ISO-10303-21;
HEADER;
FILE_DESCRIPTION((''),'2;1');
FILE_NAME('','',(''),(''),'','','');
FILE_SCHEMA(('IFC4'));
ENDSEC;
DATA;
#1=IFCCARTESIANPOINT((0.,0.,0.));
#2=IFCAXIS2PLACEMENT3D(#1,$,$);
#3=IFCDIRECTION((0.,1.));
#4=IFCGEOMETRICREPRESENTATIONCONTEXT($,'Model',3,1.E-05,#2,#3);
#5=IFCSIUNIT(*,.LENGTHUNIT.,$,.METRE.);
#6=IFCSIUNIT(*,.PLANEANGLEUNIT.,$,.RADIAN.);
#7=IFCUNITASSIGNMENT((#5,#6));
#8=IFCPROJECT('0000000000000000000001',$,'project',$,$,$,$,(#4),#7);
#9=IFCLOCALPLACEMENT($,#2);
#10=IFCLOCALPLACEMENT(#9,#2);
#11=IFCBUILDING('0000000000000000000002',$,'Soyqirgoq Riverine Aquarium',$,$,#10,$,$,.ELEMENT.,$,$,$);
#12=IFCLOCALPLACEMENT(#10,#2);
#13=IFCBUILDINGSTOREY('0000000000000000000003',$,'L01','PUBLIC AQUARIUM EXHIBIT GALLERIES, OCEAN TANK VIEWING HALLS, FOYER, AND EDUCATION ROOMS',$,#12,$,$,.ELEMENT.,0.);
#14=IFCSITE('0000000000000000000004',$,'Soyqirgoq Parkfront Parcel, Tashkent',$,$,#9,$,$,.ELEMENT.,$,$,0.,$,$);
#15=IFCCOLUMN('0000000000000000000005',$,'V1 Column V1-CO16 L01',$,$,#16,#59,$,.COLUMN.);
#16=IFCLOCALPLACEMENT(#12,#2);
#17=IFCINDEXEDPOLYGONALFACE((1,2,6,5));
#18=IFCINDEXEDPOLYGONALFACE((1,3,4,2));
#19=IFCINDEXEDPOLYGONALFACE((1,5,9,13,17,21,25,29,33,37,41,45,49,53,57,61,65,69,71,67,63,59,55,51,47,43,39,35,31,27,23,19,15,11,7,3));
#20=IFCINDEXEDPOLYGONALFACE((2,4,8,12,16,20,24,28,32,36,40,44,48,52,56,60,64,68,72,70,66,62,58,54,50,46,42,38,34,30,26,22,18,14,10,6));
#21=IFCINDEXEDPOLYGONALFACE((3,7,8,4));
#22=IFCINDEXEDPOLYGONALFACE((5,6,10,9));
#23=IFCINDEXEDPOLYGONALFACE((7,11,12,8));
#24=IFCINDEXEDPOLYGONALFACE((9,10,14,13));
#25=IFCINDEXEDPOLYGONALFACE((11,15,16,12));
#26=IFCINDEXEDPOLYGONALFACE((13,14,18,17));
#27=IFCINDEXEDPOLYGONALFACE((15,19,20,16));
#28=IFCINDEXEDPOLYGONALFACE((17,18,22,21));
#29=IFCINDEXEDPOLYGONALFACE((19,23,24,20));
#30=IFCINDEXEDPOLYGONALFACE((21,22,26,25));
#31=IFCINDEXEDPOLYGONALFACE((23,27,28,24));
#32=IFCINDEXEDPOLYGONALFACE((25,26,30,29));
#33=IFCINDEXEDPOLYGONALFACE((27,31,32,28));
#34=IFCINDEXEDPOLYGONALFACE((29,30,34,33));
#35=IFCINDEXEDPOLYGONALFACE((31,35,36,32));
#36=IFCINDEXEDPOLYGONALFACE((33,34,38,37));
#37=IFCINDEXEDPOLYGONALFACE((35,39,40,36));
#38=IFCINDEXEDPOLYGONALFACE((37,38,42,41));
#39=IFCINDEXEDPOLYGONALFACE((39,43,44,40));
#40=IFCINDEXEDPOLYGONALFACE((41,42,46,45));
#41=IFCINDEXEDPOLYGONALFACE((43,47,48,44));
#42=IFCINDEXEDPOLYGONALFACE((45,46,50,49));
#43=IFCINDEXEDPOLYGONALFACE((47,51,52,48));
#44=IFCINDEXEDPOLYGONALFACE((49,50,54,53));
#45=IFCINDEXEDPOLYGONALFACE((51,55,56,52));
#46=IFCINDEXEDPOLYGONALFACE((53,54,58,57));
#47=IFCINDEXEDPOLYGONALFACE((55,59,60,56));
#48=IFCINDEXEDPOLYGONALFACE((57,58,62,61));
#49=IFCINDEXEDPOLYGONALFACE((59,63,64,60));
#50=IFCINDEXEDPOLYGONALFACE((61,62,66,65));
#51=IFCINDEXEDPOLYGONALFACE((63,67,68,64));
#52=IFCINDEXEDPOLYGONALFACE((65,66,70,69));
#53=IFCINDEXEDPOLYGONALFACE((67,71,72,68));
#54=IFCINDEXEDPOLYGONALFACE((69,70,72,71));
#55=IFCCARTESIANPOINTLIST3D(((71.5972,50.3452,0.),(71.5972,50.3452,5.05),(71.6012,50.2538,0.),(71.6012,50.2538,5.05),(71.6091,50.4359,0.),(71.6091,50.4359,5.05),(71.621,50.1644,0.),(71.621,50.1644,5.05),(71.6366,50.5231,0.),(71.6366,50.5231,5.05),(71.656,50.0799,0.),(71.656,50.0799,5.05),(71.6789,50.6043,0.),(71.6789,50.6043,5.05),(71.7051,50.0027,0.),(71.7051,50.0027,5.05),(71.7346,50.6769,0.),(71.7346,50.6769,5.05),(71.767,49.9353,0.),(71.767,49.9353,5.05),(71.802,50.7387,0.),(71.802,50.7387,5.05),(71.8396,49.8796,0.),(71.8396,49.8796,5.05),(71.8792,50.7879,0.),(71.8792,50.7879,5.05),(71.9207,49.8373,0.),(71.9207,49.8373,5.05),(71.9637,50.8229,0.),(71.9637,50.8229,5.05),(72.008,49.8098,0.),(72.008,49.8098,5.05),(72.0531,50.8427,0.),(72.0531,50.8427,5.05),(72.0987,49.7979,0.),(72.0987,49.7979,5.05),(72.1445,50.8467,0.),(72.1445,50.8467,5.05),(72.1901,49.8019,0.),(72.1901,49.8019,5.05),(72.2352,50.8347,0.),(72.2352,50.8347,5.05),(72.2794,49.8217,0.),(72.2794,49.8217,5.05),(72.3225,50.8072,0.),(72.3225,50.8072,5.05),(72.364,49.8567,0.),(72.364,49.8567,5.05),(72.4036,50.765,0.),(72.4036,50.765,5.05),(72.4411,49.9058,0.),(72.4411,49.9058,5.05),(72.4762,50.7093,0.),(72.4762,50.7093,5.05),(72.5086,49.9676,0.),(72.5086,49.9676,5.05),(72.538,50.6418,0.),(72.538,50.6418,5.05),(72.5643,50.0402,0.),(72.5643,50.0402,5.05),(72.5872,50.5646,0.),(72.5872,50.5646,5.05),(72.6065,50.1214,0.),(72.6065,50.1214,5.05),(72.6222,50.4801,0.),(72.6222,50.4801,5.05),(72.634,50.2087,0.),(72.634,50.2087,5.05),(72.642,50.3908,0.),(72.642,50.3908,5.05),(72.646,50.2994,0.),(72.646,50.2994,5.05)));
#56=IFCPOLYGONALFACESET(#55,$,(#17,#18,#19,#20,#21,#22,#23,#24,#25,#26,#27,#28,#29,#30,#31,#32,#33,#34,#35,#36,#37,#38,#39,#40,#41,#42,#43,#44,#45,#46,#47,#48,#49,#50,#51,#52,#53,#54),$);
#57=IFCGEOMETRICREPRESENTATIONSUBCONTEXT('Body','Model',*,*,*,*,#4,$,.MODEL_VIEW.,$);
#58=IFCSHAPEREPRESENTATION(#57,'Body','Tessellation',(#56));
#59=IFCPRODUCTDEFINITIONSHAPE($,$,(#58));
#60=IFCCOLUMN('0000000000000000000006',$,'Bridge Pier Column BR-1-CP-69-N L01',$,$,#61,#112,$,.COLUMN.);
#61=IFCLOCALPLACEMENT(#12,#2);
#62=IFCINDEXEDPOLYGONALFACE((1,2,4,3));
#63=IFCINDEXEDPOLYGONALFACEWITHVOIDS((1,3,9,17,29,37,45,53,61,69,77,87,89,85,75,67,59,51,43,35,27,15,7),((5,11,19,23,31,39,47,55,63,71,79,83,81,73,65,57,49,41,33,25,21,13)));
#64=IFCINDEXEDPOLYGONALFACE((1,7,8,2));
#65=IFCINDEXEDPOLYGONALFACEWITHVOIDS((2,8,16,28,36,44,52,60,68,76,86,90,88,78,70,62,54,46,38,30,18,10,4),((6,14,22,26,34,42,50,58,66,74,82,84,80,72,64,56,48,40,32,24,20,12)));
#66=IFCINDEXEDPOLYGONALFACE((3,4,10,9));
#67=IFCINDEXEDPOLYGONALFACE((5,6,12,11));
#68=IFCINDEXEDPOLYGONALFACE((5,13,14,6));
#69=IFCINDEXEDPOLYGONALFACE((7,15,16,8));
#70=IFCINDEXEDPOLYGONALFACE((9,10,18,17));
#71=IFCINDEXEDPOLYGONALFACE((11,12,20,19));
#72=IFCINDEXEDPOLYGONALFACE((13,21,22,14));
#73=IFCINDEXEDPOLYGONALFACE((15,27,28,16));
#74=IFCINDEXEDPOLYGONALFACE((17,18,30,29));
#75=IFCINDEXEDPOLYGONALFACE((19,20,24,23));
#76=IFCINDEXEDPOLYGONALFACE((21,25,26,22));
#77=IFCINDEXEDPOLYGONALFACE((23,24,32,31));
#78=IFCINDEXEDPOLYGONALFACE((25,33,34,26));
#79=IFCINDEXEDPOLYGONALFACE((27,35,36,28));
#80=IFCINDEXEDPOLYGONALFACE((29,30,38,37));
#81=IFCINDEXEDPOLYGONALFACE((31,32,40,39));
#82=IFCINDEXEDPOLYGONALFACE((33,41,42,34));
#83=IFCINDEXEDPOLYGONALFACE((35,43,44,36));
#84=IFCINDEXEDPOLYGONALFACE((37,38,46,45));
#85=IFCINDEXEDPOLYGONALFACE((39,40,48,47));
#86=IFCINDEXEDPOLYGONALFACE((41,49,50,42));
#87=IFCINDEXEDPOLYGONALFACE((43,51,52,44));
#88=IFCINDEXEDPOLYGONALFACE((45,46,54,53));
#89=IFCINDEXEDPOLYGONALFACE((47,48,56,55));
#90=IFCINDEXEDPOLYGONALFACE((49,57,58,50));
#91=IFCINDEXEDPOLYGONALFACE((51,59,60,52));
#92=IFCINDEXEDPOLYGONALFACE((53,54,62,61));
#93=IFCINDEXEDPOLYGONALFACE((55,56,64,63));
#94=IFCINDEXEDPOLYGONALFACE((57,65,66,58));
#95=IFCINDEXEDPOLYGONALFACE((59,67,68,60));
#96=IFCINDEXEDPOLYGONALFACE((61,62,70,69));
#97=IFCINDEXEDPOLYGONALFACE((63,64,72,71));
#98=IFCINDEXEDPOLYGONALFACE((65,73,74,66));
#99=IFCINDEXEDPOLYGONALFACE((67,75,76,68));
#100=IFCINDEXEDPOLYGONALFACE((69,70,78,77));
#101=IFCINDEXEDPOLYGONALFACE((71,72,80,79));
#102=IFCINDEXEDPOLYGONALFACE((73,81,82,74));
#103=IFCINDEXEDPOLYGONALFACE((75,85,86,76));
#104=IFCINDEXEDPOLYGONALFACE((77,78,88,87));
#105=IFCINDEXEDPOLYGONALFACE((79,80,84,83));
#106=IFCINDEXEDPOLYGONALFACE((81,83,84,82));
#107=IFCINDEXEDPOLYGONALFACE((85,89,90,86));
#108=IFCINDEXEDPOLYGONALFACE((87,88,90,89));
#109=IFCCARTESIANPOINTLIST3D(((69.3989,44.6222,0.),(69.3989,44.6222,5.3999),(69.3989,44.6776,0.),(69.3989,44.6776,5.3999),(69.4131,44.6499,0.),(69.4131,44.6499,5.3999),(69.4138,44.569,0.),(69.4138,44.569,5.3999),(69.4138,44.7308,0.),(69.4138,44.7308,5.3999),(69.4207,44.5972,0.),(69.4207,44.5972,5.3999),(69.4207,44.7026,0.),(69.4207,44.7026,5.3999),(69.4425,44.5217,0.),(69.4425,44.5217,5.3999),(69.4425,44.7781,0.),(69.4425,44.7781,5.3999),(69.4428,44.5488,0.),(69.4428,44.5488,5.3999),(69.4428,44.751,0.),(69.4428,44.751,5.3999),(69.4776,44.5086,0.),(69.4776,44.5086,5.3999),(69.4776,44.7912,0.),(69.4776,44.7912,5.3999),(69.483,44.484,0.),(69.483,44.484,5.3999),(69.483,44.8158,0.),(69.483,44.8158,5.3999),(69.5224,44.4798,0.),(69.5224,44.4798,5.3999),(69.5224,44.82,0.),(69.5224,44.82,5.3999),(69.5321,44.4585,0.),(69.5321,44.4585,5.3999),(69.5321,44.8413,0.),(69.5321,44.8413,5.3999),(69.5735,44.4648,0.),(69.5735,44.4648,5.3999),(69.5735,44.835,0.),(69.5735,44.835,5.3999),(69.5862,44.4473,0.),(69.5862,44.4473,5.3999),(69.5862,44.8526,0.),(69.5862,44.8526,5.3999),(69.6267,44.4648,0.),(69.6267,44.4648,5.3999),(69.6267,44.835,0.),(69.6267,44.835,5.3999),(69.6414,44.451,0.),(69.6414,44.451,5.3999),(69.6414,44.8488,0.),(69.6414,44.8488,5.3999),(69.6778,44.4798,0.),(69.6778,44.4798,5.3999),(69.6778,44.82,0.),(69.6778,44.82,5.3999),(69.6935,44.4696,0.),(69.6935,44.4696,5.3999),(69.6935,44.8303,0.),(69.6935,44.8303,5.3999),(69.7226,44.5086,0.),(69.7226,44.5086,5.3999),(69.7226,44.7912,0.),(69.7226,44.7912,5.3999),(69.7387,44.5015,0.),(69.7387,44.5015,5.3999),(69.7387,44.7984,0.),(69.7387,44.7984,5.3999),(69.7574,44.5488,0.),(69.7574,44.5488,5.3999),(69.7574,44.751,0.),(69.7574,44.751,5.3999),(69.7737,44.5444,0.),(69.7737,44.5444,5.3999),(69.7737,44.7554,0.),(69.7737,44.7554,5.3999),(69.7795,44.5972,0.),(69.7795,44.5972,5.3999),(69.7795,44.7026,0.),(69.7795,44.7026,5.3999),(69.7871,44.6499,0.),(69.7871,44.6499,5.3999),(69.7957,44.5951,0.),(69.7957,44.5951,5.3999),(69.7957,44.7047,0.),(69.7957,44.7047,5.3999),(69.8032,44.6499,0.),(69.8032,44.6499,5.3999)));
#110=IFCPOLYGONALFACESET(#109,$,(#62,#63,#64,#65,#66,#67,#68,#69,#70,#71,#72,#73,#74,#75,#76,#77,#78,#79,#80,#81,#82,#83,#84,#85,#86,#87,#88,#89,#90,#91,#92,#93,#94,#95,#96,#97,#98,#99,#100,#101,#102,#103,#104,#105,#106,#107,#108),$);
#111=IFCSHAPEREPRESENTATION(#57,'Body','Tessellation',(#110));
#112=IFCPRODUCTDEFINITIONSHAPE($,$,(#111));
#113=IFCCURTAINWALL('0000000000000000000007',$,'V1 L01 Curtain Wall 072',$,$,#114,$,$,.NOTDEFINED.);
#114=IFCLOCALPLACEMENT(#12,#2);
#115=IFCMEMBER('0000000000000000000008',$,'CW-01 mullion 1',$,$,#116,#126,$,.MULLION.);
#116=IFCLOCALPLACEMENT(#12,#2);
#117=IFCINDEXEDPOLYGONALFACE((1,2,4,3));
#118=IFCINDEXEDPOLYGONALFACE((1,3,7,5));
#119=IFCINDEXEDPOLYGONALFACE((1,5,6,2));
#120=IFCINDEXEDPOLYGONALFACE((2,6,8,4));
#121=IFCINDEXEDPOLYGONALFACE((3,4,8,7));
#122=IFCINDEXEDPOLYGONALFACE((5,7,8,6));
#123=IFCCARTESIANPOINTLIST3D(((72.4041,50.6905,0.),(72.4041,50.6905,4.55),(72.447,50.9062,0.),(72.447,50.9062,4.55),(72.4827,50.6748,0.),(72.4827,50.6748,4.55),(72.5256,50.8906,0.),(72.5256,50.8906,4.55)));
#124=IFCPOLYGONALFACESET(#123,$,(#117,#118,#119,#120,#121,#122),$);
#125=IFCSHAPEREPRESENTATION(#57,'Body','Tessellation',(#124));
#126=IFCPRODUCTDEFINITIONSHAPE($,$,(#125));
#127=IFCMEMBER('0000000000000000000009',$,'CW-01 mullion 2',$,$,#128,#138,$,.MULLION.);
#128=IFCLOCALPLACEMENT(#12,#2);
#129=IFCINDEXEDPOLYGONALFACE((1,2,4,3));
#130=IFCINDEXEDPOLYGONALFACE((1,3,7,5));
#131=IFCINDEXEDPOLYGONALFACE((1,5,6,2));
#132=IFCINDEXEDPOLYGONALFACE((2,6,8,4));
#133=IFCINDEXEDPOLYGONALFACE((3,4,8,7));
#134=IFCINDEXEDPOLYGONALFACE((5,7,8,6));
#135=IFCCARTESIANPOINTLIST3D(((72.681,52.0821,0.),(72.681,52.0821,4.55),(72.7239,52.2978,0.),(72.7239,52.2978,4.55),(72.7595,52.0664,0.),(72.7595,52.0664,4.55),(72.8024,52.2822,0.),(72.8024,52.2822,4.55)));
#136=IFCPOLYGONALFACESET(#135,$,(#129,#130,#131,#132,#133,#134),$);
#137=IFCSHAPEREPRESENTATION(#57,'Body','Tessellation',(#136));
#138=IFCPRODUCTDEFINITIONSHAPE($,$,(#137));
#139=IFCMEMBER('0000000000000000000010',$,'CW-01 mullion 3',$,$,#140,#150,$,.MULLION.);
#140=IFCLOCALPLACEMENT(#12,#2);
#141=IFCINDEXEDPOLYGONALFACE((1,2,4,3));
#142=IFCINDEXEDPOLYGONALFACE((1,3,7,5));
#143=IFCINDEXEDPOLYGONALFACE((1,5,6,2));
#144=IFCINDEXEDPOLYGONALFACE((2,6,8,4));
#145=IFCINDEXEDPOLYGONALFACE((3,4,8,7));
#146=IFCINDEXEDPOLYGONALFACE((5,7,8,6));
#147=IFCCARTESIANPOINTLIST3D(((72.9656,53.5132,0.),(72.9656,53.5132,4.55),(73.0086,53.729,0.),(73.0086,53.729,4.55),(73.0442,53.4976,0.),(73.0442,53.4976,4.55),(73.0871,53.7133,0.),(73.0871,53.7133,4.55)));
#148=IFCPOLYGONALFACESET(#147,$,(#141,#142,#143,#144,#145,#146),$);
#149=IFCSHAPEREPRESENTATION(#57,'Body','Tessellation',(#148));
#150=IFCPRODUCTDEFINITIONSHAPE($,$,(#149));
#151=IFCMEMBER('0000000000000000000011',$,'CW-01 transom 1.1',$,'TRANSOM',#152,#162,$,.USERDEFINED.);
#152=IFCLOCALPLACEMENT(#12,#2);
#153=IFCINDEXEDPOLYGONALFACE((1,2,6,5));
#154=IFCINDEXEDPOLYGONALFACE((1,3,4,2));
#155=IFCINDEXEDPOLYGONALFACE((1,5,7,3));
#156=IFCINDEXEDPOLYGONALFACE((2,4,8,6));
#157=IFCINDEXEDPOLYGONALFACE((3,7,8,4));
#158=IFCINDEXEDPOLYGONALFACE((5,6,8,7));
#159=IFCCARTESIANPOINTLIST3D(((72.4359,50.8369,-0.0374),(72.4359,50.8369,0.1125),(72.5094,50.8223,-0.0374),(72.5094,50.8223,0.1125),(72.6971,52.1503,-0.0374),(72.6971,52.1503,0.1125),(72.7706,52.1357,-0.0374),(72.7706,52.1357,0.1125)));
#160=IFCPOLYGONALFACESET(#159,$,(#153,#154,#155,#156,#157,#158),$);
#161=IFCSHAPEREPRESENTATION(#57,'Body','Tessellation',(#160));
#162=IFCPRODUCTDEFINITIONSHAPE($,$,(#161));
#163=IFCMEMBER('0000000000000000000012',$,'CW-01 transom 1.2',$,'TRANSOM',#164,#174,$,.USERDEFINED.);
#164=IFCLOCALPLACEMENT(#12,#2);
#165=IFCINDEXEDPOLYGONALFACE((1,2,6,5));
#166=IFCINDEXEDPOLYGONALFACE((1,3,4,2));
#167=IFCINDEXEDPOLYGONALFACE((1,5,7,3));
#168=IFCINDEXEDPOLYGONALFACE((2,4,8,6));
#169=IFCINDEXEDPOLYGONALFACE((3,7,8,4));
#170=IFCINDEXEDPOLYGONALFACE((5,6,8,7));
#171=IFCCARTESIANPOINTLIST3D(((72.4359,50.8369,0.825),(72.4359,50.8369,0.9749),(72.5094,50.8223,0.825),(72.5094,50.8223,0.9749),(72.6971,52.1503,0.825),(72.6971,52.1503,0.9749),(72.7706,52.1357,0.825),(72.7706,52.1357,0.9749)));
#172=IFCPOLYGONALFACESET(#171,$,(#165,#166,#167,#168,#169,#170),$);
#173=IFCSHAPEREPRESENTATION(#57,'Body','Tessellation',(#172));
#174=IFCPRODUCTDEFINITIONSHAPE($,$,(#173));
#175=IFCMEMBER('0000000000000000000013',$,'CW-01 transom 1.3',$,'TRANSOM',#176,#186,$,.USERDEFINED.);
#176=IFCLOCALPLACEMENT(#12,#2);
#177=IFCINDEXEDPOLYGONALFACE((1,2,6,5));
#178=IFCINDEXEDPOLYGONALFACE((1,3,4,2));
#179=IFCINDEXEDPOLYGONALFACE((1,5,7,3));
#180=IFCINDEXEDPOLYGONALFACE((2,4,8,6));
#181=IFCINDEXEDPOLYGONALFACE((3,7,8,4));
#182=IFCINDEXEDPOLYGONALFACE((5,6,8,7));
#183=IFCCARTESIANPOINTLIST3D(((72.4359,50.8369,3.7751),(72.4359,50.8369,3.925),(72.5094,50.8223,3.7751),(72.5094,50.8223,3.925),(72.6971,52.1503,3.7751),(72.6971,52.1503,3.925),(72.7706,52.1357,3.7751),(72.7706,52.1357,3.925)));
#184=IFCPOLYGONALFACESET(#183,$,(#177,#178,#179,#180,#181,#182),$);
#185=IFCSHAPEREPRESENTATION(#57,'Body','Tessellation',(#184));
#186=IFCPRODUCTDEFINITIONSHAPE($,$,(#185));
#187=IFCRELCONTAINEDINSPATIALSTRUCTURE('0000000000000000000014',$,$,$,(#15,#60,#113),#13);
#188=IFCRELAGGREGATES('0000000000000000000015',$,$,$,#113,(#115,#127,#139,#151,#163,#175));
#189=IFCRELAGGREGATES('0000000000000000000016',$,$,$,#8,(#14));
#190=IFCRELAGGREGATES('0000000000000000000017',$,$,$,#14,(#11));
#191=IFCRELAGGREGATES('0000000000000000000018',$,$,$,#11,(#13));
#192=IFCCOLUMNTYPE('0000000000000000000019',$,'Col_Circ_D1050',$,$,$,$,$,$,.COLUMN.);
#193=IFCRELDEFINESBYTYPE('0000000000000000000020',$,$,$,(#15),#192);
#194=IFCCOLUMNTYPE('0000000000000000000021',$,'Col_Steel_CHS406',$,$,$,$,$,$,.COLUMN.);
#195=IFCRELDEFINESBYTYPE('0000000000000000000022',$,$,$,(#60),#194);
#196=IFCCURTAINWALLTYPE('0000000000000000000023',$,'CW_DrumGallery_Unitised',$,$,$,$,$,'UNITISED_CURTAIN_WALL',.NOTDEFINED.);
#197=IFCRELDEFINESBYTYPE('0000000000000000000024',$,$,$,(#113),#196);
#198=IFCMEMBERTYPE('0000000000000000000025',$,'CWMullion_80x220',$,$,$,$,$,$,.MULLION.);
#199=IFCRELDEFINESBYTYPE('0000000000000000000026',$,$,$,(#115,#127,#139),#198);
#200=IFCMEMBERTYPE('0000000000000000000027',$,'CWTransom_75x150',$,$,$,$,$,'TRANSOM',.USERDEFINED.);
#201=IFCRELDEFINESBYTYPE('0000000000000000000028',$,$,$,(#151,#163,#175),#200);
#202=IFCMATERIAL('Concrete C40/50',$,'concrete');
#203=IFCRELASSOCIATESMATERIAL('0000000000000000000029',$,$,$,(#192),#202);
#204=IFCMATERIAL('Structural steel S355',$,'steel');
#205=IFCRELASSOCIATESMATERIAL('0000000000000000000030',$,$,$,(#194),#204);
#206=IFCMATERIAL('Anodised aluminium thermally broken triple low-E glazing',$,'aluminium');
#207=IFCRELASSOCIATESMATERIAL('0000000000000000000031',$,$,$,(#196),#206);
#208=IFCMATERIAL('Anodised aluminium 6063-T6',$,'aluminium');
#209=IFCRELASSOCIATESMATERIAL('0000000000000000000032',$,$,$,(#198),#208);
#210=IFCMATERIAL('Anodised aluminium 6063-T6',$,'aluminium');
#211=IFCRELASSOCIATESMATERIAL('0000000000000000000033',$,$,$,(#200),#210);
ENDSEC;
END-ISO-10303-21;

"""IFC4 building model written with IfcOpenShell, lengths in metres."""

from ifc_helpers import new_model, si_unit, direction, frame, origin, origin_2d, place, context, subcontext, project, spatial, rectangle, circle, hollow_circle, extrude, material, material_profile, profile_set, type_object, element, aggregate, save


model = new_model("IFC4")

# Units and contexts
model_context = context("Model", 3, precision=1e-05, world=origin(), true_north=direction((0.0, 1.0)))
body_context = subcontext(model_context, "Body", "Model", "MODEL_VIEW")
ifc_project = project(units=[si_unit("LENGTHUNIT", "METRE"), si_unit("PLANEANGLEUNIT", "RADIAN")], contexts=[model_context])

# Site, building, storey
site_placement = place(None, origin())
site = spatial("IfcSite", under=ifc_project, at=site_placement, Name="Soyqirgoq Parkfront Parcel, Tashkent", CompositionType="ELEMENT", RefElevation=0.0)
building_placement = place(site_placement, origin())
building = spatial("IfcBuilding", under=site, at=building_placement, Name="Soyqirgoq Riverine Aquarium", CompositionType="ELEMENT")
storey_placement = place(building_placement, origin())
storey = spatial("IfcBuildingStorey", under=building, at=storey_placement, Name="L01", Description="PUBLIC AQUARIUM EXHIBIT GALLERIES, OCEAN TANK VIEWING HALLS, FOYER, AND EDUCATION ROOMS", CompositionType="ELEMENT", Elevation=0.0)

# Columns
ifc_material_1 = material(Name="Concrete C40/50", Category="concrete")
ifc_material_profile_1 = material_profile(ifc_material_1, circle(Radius=0.5249, at=origin_2d()), Name="RC-COL D1050")
ifc_profile_set_1 = profile_set([ifc_material_profile_1], Name="Concrete C40/50")
column_type_1 = type_object("IfcColumnType", Name="Col_Circ_D1050", PredefinedType="COLUMN", material=ifc_profile_set_1)
for number, where, z_axis, x_axis, name in (
    (1, (72.1216, 50.3223, 0.0), (0.0, 0.0, 1.0), (0.92388, -0.382683, 0.0), "V1 Column V1-CO16 L01"),
):
    element("IfcColumn", number, at=place(storey_placement, frame(where, z_axis=z_axis, x_axis=x_axis)), inside=storey, type_object=column_type_1, Name=name, PredefinedType="COLUMN", context=body_context, shape_type="SweptSolid", body=[
        extrude(circle(Radius=0.5249, at=origin_2d()), origin(), (0.0, 0.0, 1.0), 5.05),
    ])
ifc_material_2 = material(Name="Structural steel S355", Category="steel")
ifc_material_profile_2 = material_profile(ifc_material_2, hollow_circle(Radius=0.2031, WallThickness=0.0161, at=origin_2d()), Name="CHS 406.4x16")
ifc_profile_set_2 = profile_set([ifc_material_profile_2], Name="Structural steel S355")
column_type_2 = type_object("IfcColumnType", Name="Col_Steel_CHS406", PredefinedType="COLUMN", material=ifc_profile_set_2)
column_placement = place(storey_placement, frame((69.6001, 44.6499, 0.0), z_axis=(0.0, 0.0, 1.0), x_axis=(1.0, 0.0, 0.0)))
element("IfcColumn", 2, at=column_placement, inside=storey, type_object=column_type_2, Name="Bridge Pier Column BR-1-CP-69-N L01", PredefinedType="COLUMN", context=body_context, shape_type="SweptSolid", body=[
    extrude(hollow_circle(Radius=0.2031, WallThickness=0.0161, at=origin_2d()), origin(), (0.0, 0.0, 1.0), 5.3999),
])

# Curtain wall, members
ifc_material_3 = material(Name="Anodised aluminium thermally broken triple low-E glazing", Category="aluminium")
curtain_wall_type = type_object("IfcCurtainWallType", Name="CW_DrumGallery_Unitised", ElementType="UNITISED_CURTAIN_WALL", PredefinedType="NOTDEFINED", material=ifc_material_3)
curtain_wall_placement = place(storey_placement, origin())
curtain_wall = element("IfcCurtainWall", 3, at=curtain_wall_placement, inside=storey, type_object=curtain_wall_type, Name="V1 L01 Curtain Wall 072", PredefinedType="NOTDEFINED")
ifc_material_4 = material(Name="Anodised aluminium 6063-T6", Category="aluminium")
ifc_material_profile_3 = material_profile(ifc_material_4, rectangle(XDim=0.0801, YDim=0.22, at=origin_2d()), Name="ALU-M 80x220")
ifc_profile_set_3 = profile_set([ifc_material_profile_3], Name="Anodised aluminium 6063-T6")
member_type_1 = type_object("IfcMemberType", Name="CWMullion_80x220", PredefinedType="MULLION", material=ifc_profile_set_3)
member_1_placement = place(storey_placement, frame((72.4648, 50.7905, 0.0), z_axis=(0.0, 0.0, 1.0), x_axis=(-0.980788, 0.195075, 0.0)))
member_1 = element("IfcMember", 4, at=member_1_placement, type_object=member_type_1, Name="CW-01 mullion 1", PredefinedType="MULLION", context=body_context, shape_type="SweptSolid", body=[
    extrude(rectangle(XDim=0.0801, YDim=0.22, at=origin_2d()), origin(), (0.0, 0.0, 1.0), 4.55),
])
member_2_placement = place(storey_placement, frame((72.7417, 52.1821, 0.0), z_axis=(0.0, 0.0, 1.0), x_axis=(-0.980788, 0.195075, 0.0)))
member_2 = element("IfcMember", 5, at=member_2_placement, type_object=member_type_1, Name="CW-01 mullion 2", PredefinedType="MULLION", context=body_context, shape_type="SweptSolid", body=[
    extrude(rectangle(XDim=0.0801, YDim=0.22, at=origin_2d()), origin(), (0.0, 0.0, 1.0), 4.55),
])
member_3_placement = place(storey_placement, frame((73.0264, 53.6133, 0.0), z_axis=(0.0, 0.0, 1.0), x_axis=(-0.980788, 0.195075, 0.0)))
member_3 = element("IfcMember", 6, at=member_3_placement, type_object=member_type_1, Name="CW-01 mullion 3", PredefinedType="MULLION", context=body_context, shape_type="SweptSolid", body=[
    extrude(rectangle(XDim=0.0801, YDim=0.22, at=origin_2d()), origin(), (0.0, 0.0, 1.0), 4.55),
])
ifc_material_5 = material(Name="Anodised aluminium 6063-T6", Category="aluminium")
ifc_material_profile_4 = material_profile(ifc_material_5, rectangle(XDim=0.075, YDim=0.1499, at=origin_2d()), Name="ALU-T 75x150")
ifc_profile_set_4 = profile_set([ifc_material_profile_4], Name="Anodised aluminium 6063-T6")
member_type_2 = type_object("IfcMemberType", Name="CWTransom_75x150", ElementType="TRANSOM", PredefinedType="USERDEFINED", material=ifc_profile_set_4)
member_4_placement = place(storey_placement, frame((72.4727, 50.8296, 0.0376), z_axis=(0.195064, 0.98079, 0.0), x_axis=(-0.98079, 0.195064, 0.0)))
member_4 = element("IfcMember", 7, at=member_4_placement, type_object=member_type_2, Name="CW-01 transom 1.1", ObjectType="TRANSOM", PredefinedType="USERDEFINED", context=body_context, shape_type="SweptSolid", body=[
    extrude(rectangle(XDim=0.075, YDim=0.1499, at=origin_2d()), origin(), (0.0, 0.0, 1.0), 1.3391),
])
member_5_placement = place(storey_placement, frame((72.4727, 50.8296, 0.8999), z_axis=(0.195064, 0.98079, 0.0), x_axis=(-0.98079, 0.195064, 0.0)))
member_5 = element("IfcMember", 8, at=member_5_placement, type_object=member_type_2, Name="CW-01 transom 1.2", ObjectType="TRANSOM", PredefinedType="USERDEFINED", context=body_context, shape_type="SweptSolid", body=[
    extrude(rectangle(XDim=0.075, YDim=0.1499, at=origin_2d()), origin(), (0.0, 0.0, 1.0), 1.3391),
])
member_6_placement = place(storey_placement, frame((72.4727, 50.8296, 3.8501), z_axis=(0.195064, 0.98079, 0.0), x_axis=(-0.98079, 0.195064, 0.0)))
member_6 = element("IfcMember", 9, at=member_6_placement, type_object=member_type_2, Name="CW-01 transom 1.3", ObjectType="TRANSOM", PredefinedType="USERDEFINED", context=body_context, shape_type="SweptSolid", body=[
    extrude(rectangle(XDim=0.075, YDim=0.1499, at=origin_2d()), origin(), (0.0, 0.0, 1.0), 1.3391),
])

aggregate(curtain_wall, [member_1, member_2, member_3, member_4, member_5, member_6])

save(model, "model.ifc")
